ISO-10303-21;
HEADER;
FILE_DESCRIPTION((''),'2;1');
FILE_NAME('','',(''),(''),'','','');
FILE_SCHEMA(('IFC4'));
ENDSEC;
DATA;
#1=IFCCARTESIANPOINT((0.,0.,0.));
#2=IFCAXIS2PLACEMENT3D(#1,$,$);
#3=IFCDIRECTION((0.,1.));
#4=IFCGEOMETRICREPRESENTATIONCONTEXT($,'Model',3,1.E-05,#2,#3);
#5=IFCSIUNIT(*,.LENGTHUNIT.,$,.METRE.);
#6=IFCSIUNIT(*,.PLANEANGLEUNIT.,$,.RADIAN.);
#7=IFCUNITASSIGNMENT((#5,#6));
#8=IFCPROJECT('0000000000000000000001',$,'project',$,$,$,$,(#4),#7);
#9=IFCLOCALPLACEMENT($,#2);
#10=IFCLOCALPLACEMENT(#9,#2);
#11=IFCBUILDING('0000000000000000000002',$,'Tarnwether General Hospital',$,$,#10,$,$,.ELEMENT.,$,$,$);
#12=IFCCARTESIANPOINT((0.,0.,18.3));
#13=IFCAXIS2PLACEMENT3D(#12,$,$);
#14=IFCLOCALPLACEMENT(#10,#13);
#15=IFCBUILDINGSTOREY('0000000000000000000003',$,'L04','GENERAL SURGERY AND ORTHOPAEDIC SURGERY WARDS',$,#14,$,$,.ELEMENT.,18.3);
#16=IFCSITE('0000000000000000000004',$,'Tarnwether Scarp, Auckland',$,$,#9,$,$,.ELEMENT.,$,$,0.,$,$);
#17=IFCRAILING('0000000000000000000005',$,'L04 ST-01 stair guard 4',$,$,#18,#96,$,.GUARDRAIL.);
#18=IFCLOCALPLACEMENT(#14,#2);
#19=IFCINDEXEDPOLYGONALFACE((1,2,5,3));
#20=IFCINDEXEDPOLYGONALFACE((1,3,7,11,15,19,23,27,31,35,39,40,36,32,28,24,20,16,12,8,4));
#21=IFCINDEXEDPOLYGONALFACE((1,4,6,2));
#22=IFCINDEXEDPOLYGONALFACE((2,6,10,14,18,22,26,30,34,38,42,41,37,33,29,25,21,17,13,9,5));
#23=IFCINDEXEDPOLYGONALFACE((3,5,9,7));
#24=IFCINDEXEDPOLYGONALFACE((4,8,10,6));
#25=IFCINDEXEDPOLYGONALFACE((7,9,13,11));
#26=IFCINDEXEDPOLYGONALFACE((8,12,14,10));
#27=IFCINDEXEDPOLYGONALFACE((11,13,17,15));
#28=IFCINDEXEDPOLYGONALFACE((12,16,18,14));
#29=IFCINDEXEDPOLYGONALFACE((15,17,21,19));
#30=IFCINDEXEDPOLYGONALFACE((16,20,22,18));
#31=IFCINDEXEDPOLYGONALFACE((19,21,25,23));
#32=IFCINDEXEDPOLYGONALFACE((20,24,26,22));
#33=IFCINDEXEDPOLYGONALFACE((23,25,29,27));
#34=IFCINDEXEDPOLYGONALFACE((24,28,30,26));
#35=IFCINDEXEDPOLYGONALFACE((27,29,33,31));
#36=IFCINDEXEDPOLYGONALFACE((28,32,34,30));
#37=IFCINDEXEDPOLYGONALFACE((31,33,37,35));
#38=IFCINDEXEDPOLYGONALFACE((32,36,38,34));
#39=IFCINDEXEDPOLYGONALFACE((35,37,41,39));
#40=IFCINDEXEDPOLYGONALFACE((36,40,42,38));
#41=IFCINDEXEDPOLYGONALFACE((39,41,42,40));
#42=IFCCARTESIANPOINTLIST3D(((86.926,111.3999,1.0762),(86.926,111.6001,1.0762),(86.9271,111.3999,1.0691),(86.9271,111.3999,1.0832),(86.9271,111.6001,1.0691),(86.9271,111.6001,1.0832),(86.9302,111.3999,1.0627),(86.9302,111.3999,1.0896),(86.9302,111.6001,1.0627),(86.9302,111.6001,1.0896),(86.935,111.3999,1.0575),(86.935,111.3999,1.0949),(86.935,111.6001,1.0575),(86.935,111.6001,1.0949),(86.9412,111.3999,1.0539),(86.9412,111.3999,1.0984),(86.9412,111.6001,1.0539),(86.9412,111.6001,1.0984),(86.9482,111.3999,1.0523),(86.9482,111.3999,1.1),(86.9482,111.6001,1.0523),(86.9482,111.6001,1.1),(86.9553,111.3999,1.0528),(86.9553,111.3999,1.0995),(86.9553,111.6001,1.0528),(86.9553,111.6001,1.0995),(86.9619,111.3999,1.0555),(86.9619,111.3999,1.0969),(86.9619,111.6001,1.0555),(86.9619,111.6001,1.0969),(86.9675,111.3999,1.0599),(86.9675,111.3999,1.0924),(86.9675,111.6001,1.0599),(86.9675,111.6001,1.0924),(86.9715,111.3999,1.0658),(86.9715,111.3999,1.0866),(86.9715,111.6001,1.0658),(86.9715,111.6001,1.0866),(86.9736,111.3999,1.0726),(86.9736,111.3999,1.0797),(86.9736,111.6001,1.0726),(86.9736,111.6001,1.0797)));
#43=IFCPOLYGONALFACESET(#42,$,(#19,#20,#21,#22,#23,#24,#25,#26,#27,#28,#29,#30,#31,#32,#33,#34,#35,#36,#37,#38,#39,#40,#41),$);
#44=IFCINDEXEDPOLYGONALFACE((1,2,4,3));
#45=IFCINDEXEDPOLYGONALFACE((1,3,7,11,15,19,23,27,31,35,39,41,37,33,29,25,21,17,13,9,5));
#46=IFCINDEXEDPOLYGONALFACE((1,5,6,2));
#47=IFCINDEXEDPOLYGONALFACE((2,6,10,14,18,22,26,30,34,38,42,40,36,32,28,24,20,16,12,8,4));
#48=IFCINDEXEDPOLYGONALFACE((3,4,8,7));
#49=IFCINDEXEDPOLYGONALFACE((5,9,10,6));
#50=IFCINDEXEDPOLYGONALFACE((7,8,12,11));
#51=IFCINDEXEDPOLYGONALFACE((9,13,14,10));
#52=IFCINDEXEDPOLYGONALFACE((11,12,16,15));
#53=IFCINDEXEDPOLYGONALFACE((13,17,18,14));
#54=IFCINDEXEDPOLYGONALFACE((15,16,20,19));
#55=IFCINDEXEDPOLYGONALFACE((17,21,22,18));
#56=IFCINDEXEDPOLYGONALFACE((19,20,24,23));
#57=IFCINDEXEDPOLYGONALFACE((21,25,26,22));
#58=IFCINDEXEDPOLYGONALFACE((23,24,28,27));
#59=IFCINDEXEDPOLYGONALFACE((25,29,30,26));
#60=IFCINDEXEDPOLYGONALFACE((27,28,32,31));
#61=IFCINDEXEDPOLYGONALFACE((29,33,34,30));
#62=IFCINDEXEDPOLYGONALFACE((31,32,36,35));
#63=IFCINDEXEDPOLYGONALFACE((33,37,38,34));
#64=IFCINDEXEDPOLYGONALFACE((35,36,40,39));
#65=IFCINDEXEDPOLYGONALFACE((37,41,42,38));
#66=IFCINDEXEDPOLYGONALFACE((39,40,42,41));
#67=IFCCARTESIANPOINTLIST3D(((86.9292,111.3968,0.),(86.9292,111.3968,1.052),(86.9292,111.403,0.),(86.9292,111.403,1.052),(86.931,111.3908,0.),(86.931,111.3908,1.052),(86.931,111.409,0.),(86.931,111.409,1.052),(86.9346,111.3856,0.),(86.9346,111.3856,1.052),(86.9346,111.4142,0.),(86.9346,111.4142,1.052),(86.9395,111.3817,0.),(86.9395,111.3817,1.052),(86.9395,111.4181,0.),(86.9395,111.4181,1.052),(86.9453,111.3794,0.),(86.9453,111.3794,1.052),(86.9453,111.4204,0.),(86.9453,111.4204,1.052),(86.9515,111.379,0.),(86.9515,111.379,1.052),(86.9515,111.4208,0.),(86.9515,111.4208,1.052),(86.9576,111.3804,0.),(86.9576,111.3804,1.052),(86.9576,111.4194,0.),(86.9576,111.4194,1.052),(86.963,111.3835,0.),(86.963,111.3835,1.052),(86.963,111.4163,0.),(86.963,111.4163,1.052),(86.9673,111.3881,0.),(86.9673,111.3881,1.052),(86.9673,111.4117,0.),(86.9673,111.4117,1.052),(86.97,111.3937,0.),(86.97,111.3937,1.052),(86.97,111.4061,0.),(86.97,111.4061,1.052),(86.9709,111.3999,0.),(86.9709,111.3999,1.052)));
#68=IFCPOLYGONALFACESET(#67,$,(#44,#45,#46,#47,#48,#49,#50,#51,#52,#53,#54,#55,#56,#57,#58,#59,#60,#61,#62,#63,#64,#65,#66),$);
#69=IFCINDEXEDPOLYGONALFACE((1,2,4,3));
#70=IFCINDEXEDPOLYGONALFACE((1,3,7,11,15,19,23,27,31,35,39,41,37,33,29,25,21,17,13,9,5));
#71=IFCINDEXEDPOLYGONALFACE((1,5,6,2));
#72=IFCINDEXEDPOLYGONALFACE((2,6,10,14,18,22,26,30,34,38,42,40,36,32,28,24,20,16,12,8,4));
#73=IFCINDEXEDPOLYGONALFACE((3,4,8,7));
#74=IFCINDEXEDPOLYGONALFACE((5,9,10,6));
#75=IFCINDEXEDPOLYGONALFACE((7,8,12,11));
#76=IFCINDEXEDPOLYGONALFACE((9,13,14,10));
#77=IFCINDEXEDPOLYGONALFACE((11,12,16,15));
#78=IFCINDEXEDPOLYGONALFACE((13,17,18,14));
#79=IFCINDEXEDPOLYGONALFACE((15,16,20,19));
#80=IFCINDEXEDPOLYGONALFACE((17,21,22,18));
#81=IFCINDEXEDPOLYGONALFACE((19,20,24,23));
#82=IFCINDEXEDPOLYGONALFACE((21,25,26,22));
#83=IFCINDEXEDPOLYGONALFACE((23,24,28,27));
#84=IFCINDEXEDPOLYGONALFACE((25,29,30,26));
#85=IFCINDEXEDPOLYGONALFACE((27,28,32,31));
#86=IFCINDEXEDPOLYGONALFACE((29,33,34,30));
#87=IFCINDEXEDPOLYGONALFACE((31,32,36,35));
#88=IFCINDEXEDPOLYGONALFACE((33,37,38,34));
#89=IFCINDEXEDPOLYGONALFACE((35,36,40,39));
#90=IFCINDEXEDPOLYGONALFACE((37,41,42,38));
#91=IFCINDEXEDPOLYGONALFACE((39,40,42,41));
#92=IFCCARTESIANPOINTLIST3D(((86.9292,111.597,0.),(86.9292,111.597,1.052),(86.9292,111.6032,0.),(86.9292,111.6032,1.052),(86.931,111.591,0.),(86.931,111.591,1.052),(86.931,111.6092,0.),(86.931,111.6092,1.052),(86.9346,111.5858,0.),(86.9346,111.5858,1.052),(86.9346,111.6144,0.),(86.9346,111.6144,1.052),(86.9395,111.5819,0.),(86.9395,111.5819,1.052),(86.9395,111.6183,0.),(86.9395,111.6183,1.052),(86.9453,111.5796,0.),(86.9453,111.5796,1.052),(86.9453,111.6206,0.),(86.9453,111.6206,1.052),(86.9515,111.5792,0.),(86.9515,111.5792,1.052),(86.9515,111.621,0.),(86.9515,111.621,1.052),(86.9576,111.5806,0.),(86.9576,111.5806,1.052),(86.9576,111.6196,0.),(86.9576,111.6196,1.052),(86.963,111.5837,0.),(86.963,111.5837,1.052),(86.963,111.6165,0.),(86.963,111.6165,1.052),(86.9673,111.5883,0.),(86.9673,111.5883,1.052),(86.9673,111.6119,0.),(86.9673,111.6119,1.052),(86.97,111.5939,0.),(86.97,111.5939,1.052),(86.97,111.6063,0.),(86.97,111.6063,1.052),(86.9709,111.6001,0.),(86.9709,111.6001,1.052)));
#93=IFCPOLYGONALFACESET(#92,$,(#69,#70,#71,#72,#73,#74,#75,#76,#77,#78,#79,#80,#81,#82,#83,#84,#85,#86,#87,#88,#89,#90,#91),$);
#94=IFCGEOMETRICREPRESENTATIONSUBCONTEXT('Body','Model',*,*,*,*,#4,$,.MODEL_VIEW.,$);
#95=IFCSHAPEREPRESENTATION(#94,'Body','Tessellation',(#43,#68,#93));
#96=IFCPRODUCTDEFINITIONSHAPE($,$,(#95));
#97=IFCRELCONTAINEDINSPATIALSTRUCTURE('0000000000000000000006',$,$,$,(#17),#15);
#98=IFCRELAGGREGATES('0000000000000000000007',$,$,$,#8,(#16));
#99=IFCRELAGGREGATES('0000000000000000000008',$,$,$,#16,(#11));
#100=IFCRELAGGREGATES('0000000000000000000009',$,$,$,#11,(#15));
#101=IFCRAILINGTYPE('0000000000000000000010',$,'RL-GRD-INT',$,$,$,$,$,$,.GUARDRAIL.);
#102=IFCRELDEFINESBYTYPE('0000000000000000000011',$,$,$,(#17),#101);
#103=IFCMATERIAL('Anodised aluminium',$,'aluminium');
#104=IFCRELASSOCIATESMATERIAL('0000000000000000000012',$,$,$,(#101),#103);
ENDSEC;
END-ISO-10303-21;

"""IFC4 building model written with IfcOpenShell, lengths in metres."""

from ifc_helpers import new_model, si_unit, direction, frame, origin, origin_2d, place, context, subcontext, project, spatial, circle, extrude, material, type_object, element, save


model = new_model("IFC4")

# Units and contexts
model_context = context("Model", 3, precision=1e-05, world=origin(), true_north=direction((0.0, 1.0)))
body_context = subcontext(model_context, "Body", "Model", "MODEL_VIEW")
ifc_project = project(units=[si_unit("LENGTHUNIT", "METRE"), si_unit("PLANEANGLEUNIT", "RADIAN")], contexts=[model_context])

# Site, building, storey
site_placement = place(None, origin())
site = spatial("IfcSite", under=ifc_project, at=site_placement, Name="Tarnwether Scarp, Auckland", CompositionType="ELEMENT", RefElevation=0.0)
building_placement = place(site_placement, origin())
building = spatial("IfcBuilding", under=site, at=building_placement, Name="Tarnwether General Hospital", CompositionType="ELEMENT")
storey_placement = place(building_placement, frame((0.0, 0.0, 18.3)))
storey = spatial("IfcBuildingStorey", under=building, at=storey_placement, Name="L04", Description="GENERAL SURGERY AND ORTHOPAEDIC SURGERY WARDS", CompositionType="ELEMENT", Elevation=18.3)

# Railing
ifc_material_1 = material(Name="Anodised aluminium", Category="aluminium")
railing_type_1 = type_object("IfcRailingType", Name="RL-GRD-INT", PredefinedType="GUARDRAIL", material=ifc_material_1)
railing_1_placement = place(storey_placement, frame((86.95, 111.3999, 0.0)))
element("IfcRailing", 1, at=railing_1_placement, inside=storey, type_object=railing_type_1, Name="L04 ST-01 stair guard 4", PredefinedType="GUARDRAIL", context=body_context, shape_type="SweptSolid", body=[
    extrude(circle(Radius=0.0239, at=origin_2d()), frame((0.0, 0.0, 1.0762), z_axis=(0.0, 1.0, 0.0), x_axis=(-1.0, 0.0, 0.0)), (0.0, 0.0, 1.0), 0.2002),
    extrude(circle(Radius=0.021, at=origin_2d()), origin(), (0.0, 0.0, 1.0), 1.052),
    extrude(circle(Radius=0.021, at=origin_2d()), frame((0.0, 0.2002, 0.0)), (0.0, 0.0, 1.0), 1.052),
])

save(model, "model.ifc")
